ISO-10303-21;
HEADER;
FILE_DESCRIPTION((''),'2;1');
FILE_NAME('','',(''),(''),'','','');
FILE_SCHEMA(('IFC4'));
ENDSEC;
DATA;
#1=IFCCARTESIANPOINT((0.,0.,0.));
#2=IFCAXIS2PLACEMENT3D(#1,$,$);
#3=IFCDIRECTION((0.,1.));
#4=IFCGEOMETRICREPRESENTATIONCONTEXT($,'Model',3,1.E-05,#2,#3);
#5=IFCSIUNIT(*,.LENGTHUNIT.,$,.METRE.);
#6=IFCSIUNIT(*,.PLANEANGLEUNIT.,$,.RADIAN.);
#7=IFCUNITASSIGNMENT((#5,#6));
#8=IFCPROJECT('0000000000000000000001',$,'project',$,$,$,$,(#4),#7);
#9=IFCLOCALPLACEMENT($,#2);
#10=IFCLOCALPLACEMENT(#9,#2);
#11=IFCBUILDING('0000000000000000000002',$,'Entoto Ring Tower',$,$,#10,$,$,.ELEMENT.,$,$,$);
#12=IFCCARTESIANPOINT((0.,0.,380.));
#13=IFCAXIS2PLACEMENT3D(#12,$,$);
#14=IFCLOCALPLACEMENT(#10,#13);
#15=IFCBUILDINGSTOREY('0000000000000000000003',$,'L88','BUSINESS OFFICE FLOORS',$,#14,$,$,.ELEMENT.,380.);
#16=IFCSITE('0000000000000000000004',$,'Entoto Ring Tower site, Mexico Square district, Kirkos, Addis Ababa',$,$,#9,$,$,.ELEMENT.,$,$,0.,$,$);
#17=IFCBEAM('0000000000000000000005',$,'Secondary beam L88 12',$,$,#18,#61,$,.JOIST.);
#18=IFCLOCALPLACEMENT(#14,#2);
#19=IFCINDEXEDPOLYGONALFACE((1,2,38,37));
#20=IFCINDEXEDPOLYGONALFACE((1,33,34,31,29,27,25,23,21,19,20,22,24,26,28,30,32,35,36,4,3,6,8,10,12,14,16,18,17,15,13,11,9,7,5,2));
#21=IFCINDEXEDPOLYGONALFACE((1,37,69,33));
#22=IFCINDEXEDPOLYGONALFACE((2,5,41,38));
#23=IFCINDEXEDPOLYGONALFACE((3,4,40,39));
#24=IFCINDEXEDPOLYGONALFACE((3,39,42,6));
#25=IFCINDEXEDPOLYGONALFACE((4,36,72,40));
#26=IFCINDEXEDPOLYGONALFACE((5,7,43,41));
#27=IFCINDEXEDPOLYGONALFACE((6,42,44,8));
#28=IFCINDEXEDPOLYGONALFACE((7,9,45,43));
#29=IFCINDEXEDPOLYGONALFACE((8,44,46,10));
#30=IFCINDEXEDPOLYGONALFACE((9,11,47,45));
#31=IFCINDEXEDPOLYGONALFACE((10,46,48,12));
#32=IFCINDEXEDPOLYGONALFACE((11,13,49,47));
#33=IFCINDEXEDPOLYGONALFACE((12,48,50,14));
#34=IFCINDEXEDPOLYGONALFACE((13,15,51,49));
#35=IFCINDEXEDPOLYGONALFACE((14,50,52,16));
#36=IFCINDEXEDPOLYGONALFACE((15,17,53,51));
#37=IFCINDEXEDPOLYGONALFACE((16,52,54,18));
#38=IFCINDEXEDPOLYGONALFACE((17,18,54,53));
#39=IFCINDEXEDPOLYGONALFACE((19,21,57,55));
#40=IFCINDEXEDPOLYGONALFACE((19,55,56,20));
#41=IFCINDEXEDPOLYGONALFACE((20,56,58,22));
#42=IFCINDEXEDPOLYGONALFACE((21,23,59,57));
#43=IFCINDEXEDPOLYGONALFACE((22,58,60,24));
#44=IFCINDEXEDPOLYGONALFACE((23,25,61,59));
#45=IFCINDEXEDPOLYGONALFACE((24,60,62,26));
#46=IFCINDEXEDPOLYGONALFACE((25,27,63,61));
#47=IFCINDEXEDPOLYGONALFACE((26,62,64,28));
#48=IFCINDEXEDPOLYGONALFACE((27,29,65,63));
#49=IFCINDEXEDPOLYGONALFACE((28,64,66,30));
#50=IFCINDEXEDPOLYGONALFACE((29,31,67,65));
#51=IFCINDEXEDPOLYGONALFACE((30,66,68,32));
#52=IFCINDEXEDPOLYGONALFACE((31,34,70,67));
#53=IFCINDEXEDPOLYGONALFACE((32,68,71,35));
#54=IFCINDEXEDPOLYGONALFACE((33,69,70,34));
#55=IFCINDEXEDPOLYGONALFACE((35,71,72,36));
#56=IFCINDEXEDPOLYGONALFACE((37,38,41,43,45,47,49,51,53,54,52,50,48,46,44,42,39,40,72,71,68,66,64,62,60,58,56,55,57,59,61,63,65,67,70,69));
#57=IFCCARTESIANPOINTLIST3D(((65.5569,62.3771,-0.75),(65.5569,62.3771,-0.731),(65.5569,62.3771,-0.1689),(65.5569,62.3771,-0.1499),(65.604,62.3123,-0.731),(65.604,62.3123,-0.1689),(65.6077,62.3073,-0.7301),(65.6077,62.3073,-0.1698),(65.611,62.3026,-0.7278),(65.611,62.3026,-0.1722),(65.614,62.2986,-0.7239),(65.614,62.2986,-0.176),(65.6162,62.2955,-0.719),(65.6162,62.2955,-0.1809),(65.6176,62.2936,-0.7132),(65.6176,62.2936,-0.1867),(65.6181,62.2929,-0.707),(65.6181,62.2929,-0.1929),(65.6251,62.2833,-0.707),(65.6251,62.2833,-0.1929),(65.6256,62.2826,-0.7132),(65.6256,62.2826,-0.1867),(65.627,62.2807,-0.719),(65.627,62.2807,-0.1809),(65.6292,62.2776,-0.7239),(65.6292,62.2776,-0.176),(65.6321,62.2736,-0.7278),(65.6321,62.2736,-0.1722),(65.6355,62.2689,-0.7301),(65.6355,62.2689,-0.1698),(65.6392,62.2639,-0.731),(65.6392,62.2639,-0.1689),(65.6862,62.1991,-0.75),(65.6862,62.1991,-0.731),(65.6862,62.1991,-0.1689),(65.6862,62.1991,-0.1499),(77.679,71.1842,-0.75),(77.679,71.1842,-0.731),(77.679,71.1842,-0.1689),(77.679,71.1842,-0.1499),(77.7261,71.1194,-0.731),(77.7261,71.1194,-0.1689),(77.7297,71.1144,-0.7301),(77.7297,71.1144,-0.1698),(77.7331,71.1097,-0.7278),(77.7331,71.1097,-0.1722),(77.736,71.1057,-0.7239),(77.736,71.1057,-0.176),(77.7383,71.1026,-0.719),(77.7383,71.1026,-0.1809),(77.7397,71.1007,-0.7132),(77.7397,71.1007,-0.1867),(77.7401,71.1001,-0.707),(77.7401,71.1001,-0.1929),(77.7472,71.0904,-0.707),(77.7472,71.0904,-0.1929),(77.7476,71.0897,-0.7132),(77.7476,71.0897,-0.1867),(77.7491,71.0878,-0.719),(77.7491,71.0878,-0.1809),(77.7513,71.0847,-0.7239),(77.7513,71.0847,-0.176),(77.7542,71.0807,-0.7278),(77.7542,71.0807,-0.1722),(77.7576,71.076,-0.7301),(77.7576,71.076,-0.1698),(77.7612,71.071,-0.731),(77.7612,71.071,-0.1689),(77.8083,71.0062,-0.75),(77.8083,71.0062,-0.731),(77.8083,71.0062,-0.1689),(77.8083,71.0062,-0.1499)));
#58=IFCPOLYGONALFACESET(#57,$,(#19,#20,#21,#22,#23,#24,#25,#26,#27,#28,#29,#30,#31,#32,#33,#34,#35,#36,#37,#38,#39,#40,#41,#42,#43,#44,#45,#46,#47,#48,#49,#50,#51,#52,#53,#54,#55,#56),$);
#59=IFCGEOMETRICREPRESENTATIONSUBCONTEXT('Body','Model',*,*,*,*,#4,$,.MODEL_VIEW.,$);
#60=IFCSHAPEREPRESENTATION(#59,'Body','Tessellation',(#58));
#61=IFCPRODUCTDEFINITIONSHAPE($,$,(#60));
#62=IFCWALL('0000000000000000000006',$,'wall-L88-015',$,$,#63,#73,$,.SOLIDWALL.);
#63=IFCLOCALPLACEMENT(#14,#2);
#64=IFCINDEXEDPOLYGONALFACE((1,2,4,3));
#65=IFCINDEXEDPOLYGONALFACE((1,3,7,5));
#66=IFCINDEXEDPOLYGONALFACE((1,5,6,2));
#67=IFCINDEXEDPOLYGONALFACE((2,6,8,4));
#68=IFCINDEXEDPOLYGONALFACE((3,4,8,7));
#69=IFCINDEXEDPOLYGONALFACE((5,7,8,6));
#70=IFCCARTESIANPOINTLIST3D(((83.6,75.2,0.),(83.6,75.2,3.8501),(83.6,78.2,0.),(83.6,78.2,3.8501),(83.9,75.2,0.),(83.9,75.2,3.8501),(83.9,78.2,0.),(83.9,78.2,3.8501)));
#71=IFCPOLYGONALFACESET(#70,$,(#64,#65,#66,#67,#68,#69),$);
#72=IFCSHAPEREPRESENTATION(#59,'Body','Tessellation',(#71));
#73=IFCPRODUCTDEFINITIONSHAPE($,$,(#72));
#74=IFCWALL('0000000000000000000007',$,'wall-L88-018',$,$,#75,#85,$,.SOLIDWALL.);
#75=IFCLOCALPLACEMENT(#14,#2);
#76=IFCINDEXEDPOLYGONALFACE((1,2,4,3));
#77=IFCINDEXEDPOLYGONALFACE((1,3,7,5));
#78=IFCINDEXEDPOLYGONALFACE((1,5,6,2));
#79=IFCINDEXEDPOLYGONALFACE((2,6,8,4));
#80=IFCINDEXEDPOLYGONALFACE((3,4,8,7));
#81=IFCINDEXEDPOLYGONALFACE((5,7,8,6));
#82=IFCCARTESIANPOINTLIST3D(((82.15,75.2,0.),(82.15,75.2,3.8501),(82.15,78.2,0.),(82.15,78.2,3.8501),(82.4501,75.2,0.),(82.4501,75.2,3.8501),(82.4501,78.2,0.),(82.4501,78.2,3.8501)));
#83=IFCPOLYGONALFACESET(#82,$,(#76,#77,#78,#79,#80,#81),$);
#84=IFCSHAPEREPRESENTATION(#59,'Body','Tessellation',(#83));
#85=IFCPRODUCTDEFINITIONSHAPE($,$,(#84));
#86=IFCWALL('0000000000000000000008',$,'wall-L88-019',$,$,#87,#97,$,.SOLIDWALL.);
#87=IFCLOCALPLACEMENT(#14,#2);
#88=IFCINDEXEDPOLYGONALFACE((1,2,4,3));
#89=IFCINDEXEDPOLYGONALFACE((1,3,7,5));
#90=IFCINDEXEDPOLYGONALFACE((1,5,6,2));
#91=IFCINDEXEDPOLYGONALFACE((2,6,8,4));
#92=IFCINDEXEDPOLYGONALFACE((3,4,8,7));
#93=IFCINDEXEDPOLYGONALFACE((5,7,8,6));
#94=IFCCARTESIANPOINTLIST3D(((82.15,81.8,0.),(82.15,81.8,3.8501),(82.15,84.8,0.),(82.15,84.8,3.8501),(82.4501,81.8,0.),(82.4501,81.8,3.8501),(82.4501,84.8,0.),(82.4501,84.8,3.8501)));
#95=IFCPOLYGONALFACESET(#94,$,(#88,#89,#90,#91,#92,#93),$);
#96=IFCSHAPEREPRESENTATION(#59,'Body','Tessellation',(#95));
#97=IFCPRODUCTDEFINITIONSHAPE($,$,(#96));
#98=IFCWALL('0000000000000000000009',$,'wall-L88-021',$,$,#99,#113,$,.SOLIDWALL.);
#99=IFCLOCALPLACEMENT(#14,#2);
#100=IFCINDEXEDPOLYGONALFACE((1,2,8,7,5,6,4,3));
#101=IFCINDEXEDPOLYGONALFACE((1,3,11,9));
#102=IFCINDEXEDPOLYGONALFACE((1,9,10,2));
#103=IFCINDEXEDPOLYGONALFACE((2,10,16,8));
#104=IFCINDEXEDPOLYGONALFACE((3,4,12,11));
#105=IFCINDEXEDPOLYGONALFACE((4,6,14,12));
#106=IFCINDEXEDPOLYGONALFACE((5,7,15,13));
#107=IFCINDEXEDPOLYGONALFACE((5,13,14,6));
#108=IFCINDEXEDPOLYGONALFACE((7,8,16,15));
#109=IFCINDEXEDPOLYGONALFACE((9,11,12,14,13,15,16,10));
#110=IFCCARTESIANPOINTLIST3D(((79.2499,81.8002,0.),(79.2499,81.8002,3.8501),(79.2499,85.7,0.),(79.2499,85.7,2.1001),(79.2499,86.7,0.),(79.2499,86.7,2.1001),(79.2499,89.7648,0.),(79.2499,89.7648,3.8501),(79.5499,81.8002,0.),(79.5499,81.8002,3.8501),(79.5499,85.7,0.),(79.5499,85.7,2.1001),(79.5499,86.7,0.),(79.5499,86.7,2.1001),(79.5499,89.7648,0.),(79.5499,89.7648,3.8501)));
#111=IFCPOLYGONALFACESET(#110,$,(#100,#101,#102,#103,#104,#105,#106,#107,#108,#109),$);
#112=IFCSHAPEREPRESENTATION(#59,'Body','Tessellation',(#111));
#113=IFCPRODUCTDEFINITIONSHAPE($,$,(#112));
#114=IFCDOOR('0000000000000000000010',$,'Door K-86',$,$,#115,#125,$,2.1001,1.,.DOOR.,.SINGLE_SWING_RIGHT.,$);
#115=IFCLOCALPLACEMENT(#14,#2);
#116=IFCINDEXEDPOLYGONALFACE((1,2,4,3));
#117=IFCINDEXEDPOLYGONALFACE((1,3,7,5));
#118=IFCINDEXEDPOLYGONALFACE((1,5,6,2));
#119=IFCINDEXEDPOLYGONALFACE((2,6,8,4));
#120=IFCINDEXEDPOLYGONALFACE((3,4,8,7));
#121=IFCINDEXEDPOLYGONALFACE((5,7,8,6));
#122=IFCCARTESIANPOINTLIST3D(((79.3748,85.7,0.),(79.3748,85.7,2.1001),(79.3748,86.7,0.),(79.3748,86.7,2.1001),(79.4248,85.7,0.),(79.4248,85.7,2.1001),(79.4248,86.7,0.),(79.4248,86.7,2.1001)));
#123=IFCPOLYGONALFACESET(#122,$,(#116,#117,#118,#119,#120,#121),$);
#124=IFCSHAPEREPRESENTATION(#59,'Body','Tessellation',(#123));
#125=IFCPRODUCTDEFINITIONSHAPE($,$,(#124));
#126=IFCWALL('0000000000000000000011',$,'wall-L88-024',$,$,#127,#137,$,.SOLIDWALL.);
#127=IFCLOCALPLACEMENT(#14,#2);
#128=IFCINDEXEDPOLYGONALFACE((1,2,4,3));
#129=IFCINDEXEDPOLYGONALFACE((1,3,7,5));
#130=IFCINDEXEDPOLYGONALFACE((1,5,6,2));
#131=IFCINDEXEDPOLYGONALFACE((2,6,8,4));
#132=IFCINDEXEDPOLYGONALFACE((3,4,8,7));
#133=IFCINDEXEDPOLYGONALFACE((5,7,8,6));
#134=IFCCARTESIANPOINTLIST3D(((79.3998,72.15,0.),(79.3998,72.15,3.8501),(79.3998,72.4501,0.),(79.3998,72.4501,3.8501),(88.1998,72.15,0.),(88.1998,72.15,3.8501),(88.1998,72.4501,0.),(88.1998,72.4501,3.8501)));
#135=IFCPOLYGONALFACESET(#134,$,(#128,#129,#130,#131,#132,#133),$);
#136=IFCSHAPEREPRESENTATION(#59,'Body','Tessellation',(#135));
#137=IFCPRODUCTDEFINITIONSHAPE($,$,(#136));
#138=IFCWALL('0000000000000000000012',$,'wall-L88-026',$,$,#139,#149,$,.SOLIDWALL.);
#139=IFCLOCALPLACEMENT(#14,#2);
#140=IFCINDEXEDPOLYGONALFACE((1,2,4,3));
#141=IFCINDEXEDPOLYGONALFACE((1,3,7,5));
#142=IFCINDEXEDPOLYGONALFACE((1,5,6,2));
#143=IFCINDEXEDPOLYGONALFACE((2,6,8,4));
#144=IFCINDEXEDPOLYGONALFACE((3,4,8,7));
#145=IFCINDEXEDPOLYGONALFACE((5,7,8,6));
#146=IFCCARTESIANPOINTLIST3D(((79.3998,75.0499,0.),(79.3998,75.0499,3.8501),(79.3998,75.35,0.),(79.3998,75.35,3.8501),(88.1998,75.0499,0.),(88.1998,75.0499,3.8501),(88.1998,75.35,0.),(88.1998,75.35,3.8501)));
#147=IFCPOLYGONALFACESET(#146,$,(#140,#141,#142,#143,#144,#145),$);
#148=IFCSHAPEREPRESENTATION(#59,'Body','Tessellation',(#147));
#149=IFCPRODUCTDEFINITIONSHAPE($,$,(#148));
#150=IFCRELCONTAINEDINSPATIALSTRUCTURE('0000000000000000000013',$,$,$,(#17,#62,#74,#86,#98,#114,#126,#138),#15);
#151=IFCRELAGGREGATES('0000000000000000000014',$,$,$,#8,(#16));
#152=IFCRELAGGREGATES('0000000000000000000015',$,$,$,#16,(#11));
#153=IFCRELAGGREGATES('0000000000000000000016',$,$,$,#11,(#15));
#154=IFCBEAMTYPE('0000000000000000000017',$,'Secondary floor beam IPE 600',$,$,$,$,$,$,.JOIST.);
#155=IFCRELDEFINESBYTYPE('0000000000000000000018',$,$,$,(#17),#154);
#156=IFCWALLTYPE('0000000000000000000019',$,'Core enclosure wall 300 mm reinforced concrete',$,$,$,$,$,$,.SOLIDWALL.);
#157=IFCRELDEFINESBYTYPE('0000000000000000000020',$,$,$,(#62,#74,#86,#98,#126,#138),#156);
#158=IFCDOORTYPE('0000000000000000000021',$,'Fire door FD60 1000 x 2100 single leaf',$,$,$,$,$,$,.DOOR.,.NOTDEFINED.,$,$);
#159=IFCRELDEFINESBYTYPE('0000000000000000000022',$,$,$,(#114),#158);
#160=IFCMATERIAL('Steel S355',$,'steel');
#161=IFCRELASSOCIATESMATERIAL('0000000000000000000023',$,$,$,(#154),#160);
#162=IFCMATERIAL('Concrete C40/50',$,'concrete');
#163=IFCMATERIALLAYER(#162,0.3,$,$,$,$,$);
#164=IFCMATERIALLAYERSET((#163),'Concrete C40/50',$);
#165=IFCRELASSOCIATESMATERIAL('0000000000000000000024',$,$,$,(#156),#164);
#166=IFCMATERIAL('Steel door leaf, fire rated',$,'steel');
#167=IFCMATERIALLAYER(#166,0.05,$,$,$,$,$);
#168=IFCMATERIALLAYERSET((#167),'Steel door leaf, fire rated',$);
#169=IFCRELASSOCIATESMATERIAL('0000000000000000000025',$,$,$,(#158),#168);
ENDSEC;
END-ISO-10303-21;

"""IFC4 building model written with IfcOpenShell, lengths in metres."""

from ifc_helpers import new_model, si_unit, direction, frame, frame_2d, origin, origin_2d, place, context, subcontext, project, spatial, rectangle, i_section, extrude, material, layer, layer_set, material_profile, profile_set, type_object, element, fill, save


model = new_model("IFC4")

# Units and contexts
model_context = context("Model", 3, precision=1e-05, world=origin(), true_north=direction((0.0, 1.0)))
body_context = subcontext(model_context, "Body", "Model", "MODEL_VIEW")
ifc_project = project(units=[si_unit("LENGTHUNIT", "METRE"), si_unit("PLANEANGLEUNIT", "RADIAN")], contexts=[model_context])

# Site, building, storey
site_placement = place(None, origin())
site = spatial("IfcSite", under=ifc_project, at=site_placement, Name="Entoto Ring Tower site, Mexico Square district, Kirkos, Addis Ababa", CompositionType="ELEMENT", RefElevation=0.0)
building_placement = place(site_placement, origin())
building = spatial("IfcBuilding", under=site, at=building_placement, Name="Entoto Ring Tower", CompositionType="ELEMENT")
storey_placement = place(building_placement, frame((0.0, 0.0, 380.0)))
storey = spatial("IfcBuildingStorey", under=building, at=storey_placement, Name="L88", Description="BUSINESS OFFICE FLOORS", CompositionType="ELEMENT", Elevation=380.0)

# Beam
ifc_material_1 = material(Name="Steel S355", Category="steel")
ifc_material_profile = material_profile(ifc_material_1, i_section(OverallWidth=0.22, OverallDepth=0.6001, WebThickness=0.012, FlangeThickness=0.019, FilletRadius=0.0239, at=origin_2d()), Name="IPE 600")
ifc_profile_set = profile_set([ifc_material_profile], Name="Steel S355")
beam_type = type_object("IfcBeamType", Name="Secondary floor beam IPE 600", PredefinedType="JOIST", material=ifc_profile_set)
beam_placement = place(storey_placement, frame((77.7437, 71.0952, -0.45), z_axis=(-0.809019, -0.587782, 0.0), x_axis=(0.587782, -0.809019, 0.0)))
element("IfcBeam", 1, at=beam_placement, inside=storey, type_object=beam_type, Name="Secondary beam L88 12", PredefinedType="JOIST", context=body_context, shape_type="SweptSolid", body=[
    extrude(i_section(OverallWidth=0.22, OverallDepth=0.6001, WebThickness=0.012, FlangeThickness=0.019, FilletRadius=0.0239, at=origin_2d()), origin(), (0.0, 0.0, 1.0), 14.9836),
])

# Walls
ifc_material_2 = material(Name="Concrete C40/50", Category="concrete")
ifc_layer_1 = layer(ifc_material_2, 0.3)
ifc_layer_set_1 = layer_set([ifc_layer_1], Name="Concrete C40/50")
wall_type = type_object("IfcWallType", Name="Core enclosure wall 300 mm reinforced concrete", PredefinedType="SOLIDWALL", material=ifc_layer_set_1)
for number, where, z_axis, x_axis, name in (
    (2, (83.75, 75.2, 0.0), (0.0, 0.0, 1.0), (0.0, 1.0, 0.0), "wall-L88-015"),
    (3, (82.3, 75.2, 0.0), (0.0, 0.0, 1.0), (0.0, 1.0, 0.0), "wall-L88-018"),
    (4, (82.3, 81.8, 0.0), (0.0, 0.0, 1.0), (0.0, 1.0, 0.0), "wall-L88-019"),
):
    element("IfcWall", number, at=place(storey_placement, frame(where, z_axis=z_axis, x_axis=x_axis)), inside=storey, type_object=wall_type, Name=name, PredefinedType="SOLIDWALL", context=body_context, shape_type="SweptSolid", body=[
        extrude(rectangle(XDim=3.0, YDim=0.3, at=frame_2d((1.5, 0.0))), origin(), (0.0, 0.0, 1.0), 3.8501),
    ])

# Wall, opening, door
wall_1_placement = place(storey_placement, frame((79.3999, 81.8, 0.0), z_axis=(0.0, 0.0, 1.0), x_axis=(0.0, 1.0, 0.0)))
wall_1 = element("IfcWall", 5, at=wall_1_placement, inside=storey, type_object=wall_type, Name="wall-L88-021", PredefinedType="SOLIDWALL", context=body_context, shape_type="SweptSolid", body=[
    extrude(rectangle(XDim=7.9646, YDim=0.3, at=frame_2d((3.9824, 0.0))), origin(), (0.0, 0.0, 1.0), 3.8501),
])
opening_1_placement = place(wall_1_placement, frame((3.8999, 0.0, 0.0)))
opening_1 = element("IfcOpeningElement", 6, at=opening_1_placement, cuts=wall_1, PredefinedType="OPENING", context=body_context, shape_type="SweptSolid", body=[
    extrude(rectangle(XDim=1.0, YDim=2.1001, at=frame_2d((0.5, 1.05))), frame((0.0, 0.1602, 0.0), z_axis=(0.0, -1.0, 0.0), x_axis=(1.0, 0.0, 0.0)), (0.0, 0.0, 1.0), 0.3201),
])
ifc_material_3 = material(Name="Steel door leaf, fire rated", Category="steel")
ifc_layer_2 = layer(ifc_material_3, 0.05)
ifc_layer_set_2 = layer_set([ifc_layer_2], Name="Steel door leaf, fire rated")
door_type_1 = type_object("IfcDoorType", Name="Fire door FD60 1000 x 2100 single leaf", OperationType="NOTDEFINED", PredefinedType="DOOR", material=ifc_layer_set_2)
door_1_placement = place(opening_1_placement, frame((1.0, 0.0, 0.0), z_axis=(0.0, 0.0, 1.0), x_axis=(-1.0, 0.0, 0.0)))
door_1 = element("IfcDoor", 7, at=door_1_placement, inside=storey, type_object=door_type_1, Name="Door K-86", OperationType="SINGLE_SWING_RIGHT", OverallHeight=2.1001, OverallWidth=1.0, PredefinedType="DOOR", context=body_context, shape_type="SweptSolid", body=[
    extrude(rectangle(XDim=1.0, YDim=2.1001, at=frame_2d((0.5, 1.05))), frame((0.0, 0.0249, 0.0), z_axis=(0.0, -1.0, 0.0), x_axis=(1.0, 0.0, 0.0)), (0.0, 0.0, 1.0), 0.05),
])
fill(opening_1, door_1)

# Walls
for number, where, z_axis, x_axis, name in (
    (8, (79.3999, 72.3, 0.0), (0.0, 0.0, 1.0), (1.0, 0.0, 0.0), "wall-L88-024"),
    (9, (79.3999, 75.2, 0.0), (0.0, 0.0, 1.0), (1.0, 0.0, 0.0), "wall-L88-026"),
):
    element("IfcWall", number, at=place(storey_placement, frame(where, z_axis=z_axis, x_axis=x_axis)), inside=storey, type_object=wall_type, Name=name, PredefinedType="SOLIDWALL", context=body_context, shape_type="SweptSolid", body=[
        extrude(rectangle(XDim=8.8, YDim=0.3, at=frame_2d((4.3999, 0.0))), origin(), (0.0, 0.0, 1.0), 3.8501),
    ])

save(model, "model.ifc")
